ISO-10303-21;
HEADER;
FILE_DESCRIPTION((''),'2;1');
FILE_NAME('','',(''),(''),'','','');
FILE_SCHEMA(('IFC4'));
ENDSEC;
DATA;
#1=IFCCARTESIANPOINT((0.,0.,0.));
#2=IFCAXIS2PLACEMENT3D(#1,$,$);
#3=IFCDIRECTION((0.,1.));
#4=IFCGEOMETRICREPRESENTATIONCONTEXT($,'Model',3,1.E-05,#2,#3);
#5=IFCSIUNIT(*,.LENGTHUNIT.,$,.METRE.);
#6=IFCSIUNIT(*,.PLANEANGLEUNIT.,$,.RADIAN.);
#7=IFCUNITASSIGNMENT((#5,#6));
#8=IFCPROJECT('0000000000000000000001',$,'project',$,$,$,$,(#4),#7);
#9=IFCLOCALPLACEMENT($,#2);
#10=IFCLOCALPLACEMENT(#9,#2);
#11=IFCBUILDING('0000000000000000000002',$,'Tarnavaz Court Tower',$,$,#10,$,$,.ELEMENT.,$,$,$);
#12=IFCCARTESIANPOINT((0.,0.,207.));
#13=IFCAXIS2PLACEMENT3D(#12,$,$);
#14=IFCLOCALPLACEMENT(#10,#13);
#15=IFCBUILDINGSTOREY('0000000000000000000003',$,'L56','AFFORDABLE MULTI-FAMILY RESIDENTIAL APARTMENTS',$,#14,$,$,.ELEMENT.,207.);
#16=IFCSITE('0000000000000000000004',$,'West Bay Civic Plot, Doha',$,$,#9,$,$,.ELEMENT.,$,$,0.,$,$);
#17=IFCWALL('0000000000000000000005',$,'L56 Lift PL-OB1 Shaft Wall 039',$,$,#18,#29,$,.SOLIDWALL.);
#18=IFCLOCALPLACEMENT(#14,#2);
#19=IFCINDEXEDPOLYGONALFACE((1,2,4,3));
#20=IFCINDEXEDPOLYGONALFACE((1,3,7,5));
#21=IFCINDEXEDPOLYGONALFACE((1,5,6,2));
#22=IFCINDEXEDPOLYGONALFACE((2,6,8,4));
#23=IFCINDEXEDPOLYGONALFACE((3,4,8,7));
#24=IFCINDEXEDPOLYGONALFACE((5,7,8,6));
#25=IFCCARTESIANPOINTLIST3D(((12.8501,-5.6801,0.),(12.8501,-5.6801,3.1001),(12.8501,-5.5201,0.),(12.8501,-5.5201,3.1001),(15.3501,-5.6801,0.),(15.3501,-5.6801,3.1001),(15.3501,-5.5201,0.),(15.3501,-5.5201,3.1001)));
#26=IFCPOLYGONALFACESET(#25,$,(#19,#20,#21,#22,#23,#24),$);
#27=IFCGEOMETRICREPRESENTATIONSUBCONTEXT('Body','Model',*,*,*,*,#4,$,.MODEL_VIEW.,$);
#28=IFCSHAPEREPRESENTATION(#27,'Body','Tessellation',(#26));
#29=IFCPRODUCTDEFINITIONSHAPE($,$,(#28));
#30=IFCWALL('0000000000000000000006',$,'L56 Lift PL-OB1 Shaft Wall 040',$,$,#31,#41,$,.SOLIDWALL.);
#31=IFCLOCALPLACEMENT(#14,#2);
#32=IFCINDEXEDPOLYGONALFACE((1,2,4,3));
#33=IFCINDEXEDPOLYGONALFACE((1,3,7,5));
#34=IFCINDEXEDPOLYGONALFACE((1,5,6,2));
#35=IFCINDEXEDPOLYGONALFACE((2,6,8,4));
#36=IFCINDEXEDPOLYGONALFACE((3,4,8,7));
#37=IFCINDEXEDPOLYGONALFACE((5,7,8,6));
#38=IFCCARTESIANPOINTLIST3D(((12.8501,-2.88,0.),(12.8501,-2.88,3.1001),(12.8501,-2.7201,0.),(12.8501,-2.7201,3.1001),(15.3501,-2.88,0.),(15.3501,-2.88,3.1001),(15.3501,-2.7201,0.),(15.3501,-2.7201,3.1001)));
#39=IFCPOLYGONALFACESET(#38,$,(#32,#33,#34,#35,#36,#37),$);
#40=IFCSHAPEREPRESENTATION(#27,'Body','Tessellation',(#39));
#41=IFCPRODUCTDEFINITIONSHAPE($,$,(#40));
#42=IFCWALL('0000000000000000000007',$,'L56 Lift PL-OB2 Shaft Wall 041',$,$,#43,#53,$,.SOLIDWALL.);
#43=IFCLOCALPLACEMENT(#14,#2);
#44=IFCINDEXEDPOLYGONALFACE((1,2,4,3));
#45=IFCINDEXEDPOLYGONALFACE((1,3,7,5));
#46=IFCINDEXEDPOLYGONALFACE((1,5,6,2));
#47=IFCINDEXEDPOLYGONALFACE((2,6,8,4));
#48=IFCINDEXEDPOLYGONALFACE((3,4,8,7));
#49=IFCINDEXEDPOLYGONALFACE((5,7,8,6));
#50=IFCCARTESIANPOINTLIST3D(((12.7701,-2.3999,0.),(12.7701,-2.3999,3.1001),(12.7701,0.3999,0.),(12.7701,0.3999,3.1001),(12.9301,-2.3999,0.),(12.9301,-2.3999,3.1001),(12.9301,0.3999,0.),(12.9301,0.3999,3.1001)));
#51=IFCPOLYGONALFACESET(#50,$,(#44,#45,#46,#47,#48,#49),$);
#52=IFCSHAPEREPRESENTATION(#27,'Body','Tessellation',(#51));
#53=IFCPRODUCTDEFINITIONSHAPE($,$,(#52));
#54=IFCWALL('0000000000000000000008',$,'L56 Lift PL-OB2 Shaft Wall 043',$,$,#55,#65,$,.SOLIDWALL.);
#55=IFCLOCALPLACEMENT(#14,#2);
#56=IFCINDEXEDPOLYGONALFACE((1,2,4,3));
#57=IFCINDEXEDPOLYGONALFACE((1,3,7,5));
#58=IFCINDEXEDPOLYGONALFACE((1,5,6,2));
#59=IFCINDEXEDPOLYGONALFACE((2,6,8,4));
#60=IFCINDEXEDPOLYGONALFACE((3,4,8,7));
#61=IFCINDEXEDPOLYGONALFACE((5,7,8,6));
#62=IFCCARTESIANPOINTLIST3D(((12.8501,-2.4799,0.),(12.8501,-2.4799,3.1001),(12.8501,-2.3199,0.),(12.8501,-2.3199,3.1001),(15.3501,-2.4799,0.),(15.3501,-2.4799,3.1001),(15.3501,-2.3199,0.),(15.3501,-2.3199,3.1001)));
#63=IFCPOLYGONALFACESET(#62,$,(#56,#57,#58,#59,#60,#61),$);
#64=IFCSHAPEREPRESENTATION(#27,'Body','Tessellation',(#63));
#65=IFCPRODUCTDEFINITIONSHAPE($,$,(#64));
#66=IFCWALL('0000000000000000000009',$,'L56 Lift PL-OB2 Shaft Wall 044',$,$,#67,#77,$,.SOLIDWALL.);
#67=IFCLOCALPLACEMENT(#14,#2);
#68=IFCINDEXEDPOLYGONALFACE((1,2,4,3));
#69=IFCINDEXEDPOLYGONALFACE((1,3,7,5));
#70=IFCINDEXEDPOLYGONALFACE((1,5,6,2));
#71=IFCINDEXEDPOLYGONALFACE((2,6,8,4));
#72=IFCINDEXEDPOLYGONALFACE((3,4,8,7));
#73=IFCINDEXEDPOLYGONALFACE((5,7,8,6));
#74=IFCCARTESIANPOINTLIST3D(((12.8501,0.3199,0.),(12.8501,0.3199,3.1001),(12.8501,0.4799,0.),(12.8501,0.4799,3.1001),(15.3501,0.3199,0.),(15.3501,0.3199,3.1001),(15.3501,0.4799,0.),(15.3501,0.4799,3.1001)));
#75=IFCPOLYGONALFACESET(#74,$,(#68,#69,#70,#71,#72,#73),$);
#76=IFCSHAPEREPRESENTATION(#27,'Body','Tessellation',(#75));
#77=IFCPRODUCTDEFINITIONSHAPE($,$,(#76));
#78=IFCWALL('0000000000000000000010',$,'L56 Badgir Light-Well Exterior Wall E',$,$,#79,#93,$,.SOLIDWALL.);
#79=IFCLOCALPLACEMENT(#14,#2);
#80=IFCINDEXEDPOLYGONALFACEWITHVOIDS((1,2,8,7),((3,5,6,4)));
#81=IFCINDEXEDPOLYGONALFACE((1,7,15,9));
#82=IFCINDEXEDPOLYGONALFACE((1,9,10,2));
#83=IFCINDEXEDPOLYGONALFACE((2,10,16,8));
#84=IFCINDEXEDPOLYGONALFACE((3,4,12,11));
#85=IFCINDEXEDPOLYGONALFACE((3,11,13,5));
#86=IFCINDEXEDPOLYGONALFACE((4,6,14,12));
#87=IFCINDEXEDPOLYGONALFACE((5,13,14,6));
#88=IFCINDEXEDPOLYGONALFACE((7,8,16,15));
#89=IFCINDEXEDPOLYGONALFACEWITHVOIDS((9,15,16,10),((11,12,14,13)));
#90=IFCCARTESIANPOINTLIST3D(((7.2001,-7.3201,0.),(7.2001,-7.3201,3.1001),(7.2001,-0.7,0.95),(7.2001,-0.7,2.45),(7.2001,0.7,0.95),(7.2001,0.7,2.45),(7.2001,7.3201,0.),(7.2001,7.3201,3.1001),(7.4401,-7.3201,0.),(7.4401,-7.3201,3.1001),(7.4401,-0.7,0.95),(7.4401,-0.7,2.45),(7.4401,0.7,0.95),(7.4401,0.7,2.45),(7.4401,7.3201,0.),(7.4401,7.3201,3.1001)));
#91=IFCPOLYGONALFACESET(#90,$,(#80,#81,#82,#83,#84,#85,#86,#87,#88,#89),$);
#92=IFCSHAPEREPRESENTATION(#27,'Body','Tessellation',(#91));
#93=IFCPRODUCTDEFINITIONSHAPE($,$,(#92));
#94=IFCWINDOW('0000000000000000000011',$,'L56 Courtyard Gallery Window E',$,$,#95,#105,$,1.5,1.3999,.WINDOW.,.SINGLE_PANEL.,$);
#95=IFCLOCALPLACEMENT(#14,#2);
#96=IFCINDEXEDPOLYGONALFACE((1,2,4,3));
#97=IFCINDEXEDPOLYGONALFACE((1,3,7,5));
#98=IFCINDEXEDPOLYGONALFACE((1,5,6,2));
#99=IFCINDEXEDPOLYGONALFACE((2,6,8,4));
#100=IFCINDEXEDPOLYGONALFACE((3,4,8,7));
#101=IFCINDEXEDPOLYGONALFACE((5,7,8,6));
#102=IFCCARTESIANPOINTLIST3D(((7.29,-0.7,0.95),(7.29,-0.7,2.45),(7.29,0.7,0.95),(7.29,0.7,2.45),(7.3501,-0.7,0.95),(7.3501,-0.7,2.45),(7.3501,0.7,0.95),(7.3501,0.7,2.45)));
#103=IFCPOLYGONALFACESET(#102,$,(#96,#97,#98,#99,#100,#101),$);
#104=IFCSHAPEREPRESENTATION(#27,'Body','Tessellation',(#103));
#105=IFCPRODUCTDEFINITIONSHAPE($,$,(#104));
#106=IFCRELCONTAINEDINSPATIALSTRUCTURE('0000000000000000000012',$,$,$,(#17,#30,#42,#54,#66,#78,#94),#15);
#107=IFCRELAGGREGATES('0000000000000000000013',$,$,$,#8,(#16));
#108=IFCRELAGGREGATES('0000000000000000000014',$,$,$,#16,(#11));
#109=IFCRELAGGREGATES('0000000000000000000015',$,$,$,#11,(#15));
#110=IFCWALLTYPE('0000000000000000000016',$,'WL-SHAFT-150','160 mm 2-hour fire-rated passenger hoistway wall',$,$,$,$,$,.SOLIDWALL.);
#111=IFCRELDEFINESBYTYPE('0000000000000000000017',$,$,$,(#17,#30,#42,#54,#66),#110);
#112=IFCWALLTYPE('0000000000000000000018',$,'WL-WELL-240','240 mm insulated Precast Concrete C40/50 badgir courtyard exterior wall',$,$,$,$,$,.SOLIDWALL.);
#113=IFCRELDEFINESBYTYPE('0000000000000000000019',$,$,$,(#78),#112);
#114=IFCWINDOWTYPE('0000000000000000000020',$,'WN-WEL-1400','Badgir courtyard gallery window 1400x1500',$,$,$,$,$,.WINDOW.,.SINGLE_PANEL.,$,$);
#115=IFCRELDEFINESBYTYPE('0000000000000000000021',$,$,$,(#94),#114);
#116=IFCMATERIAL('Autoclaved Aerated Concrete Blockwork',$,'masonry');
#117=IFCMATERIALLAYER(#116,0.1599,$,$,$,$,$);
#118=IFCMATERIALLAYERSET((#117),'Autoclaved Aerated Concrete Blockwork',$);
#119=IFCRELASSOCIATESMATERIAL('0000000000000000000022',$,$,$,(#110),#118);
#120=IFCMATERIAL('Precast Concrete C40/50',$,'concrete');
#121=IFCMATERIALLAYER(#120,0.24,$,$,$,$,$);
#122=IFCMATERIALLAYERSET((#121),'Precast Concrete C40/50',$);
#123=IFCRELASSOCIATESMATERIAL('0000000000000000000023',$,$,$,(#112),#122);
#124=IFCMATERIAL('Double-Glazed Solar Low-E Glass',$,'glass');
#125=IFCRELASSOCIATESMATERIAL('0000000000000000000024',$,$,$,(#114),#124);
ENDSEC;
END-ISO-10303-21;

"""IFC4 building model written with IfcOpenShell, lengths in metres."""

from ifc_helpers import new_model, si_unit, direction, frame, frame_2d, origin, place, context, subcontext, project, spatial, rectangle, extrude, material, layer, layer_set, type_object, element, fill, save


model = new_model("IFC4")

# Units and contexts
model_context = context("Model", 3, precision=1e-05, world=origin(), true_north=direction((0.0, 1.0)))
body_context = subcontext(model_context, "Body", "Model", "MODEL_VIEW")
ifc_project = project(units=[si_unit("LENGTHUNIT", "METRE"), si_unit("PLANEANGLEUNIT", "RADIAN")], contexts=[model_context])

# Site, building, storey
site_placement = place(None, origin())
site = spatial("IfcSite", under=ifc_project, at=site_placement, Name="West Bay Civic Plot, Doha", CompositionType="ELEMENT", RefElevation=0.0)
building_placement = place(site_placement, origin())
building = spatial("IfcBuilding", under=site, at=building_placement, Name="Tarnavaz Court Tower", CompositionType="ELEMENT")
storey_placement = place(building_placement, frame((0.0, 0.0, 207.0)))
storey = spatial("IfcBuildingStorey", under=building, at=storey_placement, Name="L56", Description="AFFORDABLE MULTI-FAMILY RESIDENTIAL APARTMENTS", CompositionType="ELEMENT", Elevation=207.0)

# Shared definitions
ifc_material_1 = material(Name="Autoclaved Aerated Concrete Blockwork", Category="masonry")

# Walls
ifc_layer_1 = layer(ifc_material_1, 0.1599)
ifc_layer_set_1 = layer_set([ifc_layer_1], Name="Autoclaved Aerated Concrete Blockwork")
wall_type_1 = type_object("IfcWallType", Name="WL-SHAFT-150", Description="160 mm 2-hour fire-rated passenger hoistway wall", PredefinedType="SOLIDWALL", material=ifc_layer_set_1)
for number, where, z_axis, x_axis, name in (
    (1, (12.8501, -5.6001, 0.0), (0.0, 0.0, 1.0), (1.0, 0.0, 0.0), "L56 Lift PL-OB1 Shaft Wall 039"),
    (2, (12.8501, -2.8, 0.0), (0.0, 0.0, 1.0), (1.0, 0.0, 0.0), "L56 Lift PL-OB1 Shaft Wall 040"),
):
    element("IfcWall", number, at=place(storey_placement, frame(where, z_axis=z_axis, x_axis=x_axis)), inside=storey, type_object=wall_type_1, Name=name, PredefinedType="SOLIDWALL", context=body_context, shape_type="SweptSolid", body=[
        extrude(rectangle(XDim=2.5, YDim=0.1599, at=frame_2d((1.25, 0.0))), origin(), (0.0, 0.0, 1.0), 3.1001),
    ])
wall_1_placement = place(storey_placement, frame((12.8501, -2.3999, 0.0), z_axis=(0.0, 0.0, 1.0), x_axis=(0.0, 1.0, 0.0)))
element("IfcWall", 3, at=wall_1_placement, inside=storey, type_object=wall_type_1, Name="L56 Lift PL-OB2 Shaft Wall 041", PredefinedType="SOLIDWALL", context=body_context, shape_type="SweptSolid", body=[
    extrude(rectangle(XDim=2.7998, YDim=0.1599, at=frame_2d((1.3999, 0.0))), origin(), (0.0, 0.0, 1.0), 3.1001),
])
for number, where, z_axis, x_axis, name in (
    (4, (12.8501, -2.3999, 0.0), (0.0, 0.0, 1.0), (1.0, 0.0, 0.0), "L56 Lift PL-OB2 Shaft Wall 043"),
    (5, (12.8501, 0.3999, 0.0), (0.0, 0.0, 1.0), (1.0, 0.0, 0.0), "L56 Lift PL-OB2 Shaft Wall 044"),
):
    element("IfcWall", number, at=place(storey_placement, frame(where, z_axis=z_axis, x_axis=x_axis)), inside=storey, type_object=wall_type_1, Name=name, PredefinedType="SOLIDWALL", context=body_context, shape_type="SweptSolid", body=[
        extrude(rectangle(XDim=2.5, YDim=0.1599, at=frame_2d((1.25, 0.0))), origin(), (0.0, 0.0, 1.0), 3.1001),
    ])

# Wall, opening, window
ifc_material_2 = material(Name="Precast Concrete C40/50", Category="concrete")
ifc_layer_2 = layer(ifc_material_2, 0.24)
ifc_layer_set_2 = layer_set([ifc_layer_2], Name="Precast Concrete C40/50")
wall_type_2 = type_object("IfcWallType", Name="WL-WELL-240", Description="240 mm insulated Precast Concrete C40/50 badgir courtyard exterior wall", PredefinedType="SOLIDWALL", material=ifc_layer_set_2)
wall_2_placement = place(storey_placement, frame((7.3201, -7.3201, 0.0), z_axis=(0.0, 0.0, 1.0), x_axis=(0.0, 1.0, 0.0)))
wall_2 = element("IfcWall", 6, at=wall_2_placement, inside=storey, type_object=wall_type_2, Name="L56 Badgir Light-Well Exterior Wall E", PredefinedType="SOLIDWALL", context=body_context, shape_type="SweptSolid", body=[
    extrude(rectangle(XDim=14.6401, YDim=0.24, at=frame_2d((7.3201, 0.0))), origin(), (0.0, 0.0, 1.0), 3.1001),
])
opening_1_placement = place(wall_2_placement, frame((6.6201, 0.0, 0.95)))
opening_1 = element("IfcOpeningElement", 7, at=opening_1_placement, cuts=wall_2, PredefinedType="OPENING", context=body_context, shape_type="SweptSolid", body=[
    extrude(rectangle(XDim=1.3999, YDim=1.5, at=frame_2d((0.7, 0.75))), frame((0.0, 0.1299, 0.0), z_axis=(0.0, -1.0, 0.0), x_axis=(1.0, 0.0, 0.0)), (0.0, 0.0, 1.0), 0.26),
])
ifc_material_3 = material(Name="Double-Glazed Solar Low-E Glass", Category="glass")
window_type = type_object("IfcWindowType", Name="WN-WEL-1400", Description="Badgir courtyard gallery window 1400x1500", PartitioningType="SINGLE_PANEL", PredefinedType="WINDOW", material=ifc_material_3)
window_placement = place(opening_1_placement, origin())
window = element("IfcWindow", 8, at=window_placement, inside=storey, type_object=window_type, Name="L56 Courtyard Gallery Window E", OverallHeight=1.5, OverallWidth=1.3999, PartitioningType="SINGLE_PANEL", PredefinedType="WINDOW", context=body_context, shape_type="SweptSolid", body=[
    extrude(rectangle(XDim=1.3999, YDim=1.5, at=frame_2d((0.7, 0.75))), frame((0.0, 0.03, 0.0), z_axis=(0.0, -1.0, 0.0), x_axis=(1.0, 0.0, 0.0)), (0.0, 0.0, 1.0), 0.0601),
])
fill(opening_1, window)

save(model, "model.ifc")
